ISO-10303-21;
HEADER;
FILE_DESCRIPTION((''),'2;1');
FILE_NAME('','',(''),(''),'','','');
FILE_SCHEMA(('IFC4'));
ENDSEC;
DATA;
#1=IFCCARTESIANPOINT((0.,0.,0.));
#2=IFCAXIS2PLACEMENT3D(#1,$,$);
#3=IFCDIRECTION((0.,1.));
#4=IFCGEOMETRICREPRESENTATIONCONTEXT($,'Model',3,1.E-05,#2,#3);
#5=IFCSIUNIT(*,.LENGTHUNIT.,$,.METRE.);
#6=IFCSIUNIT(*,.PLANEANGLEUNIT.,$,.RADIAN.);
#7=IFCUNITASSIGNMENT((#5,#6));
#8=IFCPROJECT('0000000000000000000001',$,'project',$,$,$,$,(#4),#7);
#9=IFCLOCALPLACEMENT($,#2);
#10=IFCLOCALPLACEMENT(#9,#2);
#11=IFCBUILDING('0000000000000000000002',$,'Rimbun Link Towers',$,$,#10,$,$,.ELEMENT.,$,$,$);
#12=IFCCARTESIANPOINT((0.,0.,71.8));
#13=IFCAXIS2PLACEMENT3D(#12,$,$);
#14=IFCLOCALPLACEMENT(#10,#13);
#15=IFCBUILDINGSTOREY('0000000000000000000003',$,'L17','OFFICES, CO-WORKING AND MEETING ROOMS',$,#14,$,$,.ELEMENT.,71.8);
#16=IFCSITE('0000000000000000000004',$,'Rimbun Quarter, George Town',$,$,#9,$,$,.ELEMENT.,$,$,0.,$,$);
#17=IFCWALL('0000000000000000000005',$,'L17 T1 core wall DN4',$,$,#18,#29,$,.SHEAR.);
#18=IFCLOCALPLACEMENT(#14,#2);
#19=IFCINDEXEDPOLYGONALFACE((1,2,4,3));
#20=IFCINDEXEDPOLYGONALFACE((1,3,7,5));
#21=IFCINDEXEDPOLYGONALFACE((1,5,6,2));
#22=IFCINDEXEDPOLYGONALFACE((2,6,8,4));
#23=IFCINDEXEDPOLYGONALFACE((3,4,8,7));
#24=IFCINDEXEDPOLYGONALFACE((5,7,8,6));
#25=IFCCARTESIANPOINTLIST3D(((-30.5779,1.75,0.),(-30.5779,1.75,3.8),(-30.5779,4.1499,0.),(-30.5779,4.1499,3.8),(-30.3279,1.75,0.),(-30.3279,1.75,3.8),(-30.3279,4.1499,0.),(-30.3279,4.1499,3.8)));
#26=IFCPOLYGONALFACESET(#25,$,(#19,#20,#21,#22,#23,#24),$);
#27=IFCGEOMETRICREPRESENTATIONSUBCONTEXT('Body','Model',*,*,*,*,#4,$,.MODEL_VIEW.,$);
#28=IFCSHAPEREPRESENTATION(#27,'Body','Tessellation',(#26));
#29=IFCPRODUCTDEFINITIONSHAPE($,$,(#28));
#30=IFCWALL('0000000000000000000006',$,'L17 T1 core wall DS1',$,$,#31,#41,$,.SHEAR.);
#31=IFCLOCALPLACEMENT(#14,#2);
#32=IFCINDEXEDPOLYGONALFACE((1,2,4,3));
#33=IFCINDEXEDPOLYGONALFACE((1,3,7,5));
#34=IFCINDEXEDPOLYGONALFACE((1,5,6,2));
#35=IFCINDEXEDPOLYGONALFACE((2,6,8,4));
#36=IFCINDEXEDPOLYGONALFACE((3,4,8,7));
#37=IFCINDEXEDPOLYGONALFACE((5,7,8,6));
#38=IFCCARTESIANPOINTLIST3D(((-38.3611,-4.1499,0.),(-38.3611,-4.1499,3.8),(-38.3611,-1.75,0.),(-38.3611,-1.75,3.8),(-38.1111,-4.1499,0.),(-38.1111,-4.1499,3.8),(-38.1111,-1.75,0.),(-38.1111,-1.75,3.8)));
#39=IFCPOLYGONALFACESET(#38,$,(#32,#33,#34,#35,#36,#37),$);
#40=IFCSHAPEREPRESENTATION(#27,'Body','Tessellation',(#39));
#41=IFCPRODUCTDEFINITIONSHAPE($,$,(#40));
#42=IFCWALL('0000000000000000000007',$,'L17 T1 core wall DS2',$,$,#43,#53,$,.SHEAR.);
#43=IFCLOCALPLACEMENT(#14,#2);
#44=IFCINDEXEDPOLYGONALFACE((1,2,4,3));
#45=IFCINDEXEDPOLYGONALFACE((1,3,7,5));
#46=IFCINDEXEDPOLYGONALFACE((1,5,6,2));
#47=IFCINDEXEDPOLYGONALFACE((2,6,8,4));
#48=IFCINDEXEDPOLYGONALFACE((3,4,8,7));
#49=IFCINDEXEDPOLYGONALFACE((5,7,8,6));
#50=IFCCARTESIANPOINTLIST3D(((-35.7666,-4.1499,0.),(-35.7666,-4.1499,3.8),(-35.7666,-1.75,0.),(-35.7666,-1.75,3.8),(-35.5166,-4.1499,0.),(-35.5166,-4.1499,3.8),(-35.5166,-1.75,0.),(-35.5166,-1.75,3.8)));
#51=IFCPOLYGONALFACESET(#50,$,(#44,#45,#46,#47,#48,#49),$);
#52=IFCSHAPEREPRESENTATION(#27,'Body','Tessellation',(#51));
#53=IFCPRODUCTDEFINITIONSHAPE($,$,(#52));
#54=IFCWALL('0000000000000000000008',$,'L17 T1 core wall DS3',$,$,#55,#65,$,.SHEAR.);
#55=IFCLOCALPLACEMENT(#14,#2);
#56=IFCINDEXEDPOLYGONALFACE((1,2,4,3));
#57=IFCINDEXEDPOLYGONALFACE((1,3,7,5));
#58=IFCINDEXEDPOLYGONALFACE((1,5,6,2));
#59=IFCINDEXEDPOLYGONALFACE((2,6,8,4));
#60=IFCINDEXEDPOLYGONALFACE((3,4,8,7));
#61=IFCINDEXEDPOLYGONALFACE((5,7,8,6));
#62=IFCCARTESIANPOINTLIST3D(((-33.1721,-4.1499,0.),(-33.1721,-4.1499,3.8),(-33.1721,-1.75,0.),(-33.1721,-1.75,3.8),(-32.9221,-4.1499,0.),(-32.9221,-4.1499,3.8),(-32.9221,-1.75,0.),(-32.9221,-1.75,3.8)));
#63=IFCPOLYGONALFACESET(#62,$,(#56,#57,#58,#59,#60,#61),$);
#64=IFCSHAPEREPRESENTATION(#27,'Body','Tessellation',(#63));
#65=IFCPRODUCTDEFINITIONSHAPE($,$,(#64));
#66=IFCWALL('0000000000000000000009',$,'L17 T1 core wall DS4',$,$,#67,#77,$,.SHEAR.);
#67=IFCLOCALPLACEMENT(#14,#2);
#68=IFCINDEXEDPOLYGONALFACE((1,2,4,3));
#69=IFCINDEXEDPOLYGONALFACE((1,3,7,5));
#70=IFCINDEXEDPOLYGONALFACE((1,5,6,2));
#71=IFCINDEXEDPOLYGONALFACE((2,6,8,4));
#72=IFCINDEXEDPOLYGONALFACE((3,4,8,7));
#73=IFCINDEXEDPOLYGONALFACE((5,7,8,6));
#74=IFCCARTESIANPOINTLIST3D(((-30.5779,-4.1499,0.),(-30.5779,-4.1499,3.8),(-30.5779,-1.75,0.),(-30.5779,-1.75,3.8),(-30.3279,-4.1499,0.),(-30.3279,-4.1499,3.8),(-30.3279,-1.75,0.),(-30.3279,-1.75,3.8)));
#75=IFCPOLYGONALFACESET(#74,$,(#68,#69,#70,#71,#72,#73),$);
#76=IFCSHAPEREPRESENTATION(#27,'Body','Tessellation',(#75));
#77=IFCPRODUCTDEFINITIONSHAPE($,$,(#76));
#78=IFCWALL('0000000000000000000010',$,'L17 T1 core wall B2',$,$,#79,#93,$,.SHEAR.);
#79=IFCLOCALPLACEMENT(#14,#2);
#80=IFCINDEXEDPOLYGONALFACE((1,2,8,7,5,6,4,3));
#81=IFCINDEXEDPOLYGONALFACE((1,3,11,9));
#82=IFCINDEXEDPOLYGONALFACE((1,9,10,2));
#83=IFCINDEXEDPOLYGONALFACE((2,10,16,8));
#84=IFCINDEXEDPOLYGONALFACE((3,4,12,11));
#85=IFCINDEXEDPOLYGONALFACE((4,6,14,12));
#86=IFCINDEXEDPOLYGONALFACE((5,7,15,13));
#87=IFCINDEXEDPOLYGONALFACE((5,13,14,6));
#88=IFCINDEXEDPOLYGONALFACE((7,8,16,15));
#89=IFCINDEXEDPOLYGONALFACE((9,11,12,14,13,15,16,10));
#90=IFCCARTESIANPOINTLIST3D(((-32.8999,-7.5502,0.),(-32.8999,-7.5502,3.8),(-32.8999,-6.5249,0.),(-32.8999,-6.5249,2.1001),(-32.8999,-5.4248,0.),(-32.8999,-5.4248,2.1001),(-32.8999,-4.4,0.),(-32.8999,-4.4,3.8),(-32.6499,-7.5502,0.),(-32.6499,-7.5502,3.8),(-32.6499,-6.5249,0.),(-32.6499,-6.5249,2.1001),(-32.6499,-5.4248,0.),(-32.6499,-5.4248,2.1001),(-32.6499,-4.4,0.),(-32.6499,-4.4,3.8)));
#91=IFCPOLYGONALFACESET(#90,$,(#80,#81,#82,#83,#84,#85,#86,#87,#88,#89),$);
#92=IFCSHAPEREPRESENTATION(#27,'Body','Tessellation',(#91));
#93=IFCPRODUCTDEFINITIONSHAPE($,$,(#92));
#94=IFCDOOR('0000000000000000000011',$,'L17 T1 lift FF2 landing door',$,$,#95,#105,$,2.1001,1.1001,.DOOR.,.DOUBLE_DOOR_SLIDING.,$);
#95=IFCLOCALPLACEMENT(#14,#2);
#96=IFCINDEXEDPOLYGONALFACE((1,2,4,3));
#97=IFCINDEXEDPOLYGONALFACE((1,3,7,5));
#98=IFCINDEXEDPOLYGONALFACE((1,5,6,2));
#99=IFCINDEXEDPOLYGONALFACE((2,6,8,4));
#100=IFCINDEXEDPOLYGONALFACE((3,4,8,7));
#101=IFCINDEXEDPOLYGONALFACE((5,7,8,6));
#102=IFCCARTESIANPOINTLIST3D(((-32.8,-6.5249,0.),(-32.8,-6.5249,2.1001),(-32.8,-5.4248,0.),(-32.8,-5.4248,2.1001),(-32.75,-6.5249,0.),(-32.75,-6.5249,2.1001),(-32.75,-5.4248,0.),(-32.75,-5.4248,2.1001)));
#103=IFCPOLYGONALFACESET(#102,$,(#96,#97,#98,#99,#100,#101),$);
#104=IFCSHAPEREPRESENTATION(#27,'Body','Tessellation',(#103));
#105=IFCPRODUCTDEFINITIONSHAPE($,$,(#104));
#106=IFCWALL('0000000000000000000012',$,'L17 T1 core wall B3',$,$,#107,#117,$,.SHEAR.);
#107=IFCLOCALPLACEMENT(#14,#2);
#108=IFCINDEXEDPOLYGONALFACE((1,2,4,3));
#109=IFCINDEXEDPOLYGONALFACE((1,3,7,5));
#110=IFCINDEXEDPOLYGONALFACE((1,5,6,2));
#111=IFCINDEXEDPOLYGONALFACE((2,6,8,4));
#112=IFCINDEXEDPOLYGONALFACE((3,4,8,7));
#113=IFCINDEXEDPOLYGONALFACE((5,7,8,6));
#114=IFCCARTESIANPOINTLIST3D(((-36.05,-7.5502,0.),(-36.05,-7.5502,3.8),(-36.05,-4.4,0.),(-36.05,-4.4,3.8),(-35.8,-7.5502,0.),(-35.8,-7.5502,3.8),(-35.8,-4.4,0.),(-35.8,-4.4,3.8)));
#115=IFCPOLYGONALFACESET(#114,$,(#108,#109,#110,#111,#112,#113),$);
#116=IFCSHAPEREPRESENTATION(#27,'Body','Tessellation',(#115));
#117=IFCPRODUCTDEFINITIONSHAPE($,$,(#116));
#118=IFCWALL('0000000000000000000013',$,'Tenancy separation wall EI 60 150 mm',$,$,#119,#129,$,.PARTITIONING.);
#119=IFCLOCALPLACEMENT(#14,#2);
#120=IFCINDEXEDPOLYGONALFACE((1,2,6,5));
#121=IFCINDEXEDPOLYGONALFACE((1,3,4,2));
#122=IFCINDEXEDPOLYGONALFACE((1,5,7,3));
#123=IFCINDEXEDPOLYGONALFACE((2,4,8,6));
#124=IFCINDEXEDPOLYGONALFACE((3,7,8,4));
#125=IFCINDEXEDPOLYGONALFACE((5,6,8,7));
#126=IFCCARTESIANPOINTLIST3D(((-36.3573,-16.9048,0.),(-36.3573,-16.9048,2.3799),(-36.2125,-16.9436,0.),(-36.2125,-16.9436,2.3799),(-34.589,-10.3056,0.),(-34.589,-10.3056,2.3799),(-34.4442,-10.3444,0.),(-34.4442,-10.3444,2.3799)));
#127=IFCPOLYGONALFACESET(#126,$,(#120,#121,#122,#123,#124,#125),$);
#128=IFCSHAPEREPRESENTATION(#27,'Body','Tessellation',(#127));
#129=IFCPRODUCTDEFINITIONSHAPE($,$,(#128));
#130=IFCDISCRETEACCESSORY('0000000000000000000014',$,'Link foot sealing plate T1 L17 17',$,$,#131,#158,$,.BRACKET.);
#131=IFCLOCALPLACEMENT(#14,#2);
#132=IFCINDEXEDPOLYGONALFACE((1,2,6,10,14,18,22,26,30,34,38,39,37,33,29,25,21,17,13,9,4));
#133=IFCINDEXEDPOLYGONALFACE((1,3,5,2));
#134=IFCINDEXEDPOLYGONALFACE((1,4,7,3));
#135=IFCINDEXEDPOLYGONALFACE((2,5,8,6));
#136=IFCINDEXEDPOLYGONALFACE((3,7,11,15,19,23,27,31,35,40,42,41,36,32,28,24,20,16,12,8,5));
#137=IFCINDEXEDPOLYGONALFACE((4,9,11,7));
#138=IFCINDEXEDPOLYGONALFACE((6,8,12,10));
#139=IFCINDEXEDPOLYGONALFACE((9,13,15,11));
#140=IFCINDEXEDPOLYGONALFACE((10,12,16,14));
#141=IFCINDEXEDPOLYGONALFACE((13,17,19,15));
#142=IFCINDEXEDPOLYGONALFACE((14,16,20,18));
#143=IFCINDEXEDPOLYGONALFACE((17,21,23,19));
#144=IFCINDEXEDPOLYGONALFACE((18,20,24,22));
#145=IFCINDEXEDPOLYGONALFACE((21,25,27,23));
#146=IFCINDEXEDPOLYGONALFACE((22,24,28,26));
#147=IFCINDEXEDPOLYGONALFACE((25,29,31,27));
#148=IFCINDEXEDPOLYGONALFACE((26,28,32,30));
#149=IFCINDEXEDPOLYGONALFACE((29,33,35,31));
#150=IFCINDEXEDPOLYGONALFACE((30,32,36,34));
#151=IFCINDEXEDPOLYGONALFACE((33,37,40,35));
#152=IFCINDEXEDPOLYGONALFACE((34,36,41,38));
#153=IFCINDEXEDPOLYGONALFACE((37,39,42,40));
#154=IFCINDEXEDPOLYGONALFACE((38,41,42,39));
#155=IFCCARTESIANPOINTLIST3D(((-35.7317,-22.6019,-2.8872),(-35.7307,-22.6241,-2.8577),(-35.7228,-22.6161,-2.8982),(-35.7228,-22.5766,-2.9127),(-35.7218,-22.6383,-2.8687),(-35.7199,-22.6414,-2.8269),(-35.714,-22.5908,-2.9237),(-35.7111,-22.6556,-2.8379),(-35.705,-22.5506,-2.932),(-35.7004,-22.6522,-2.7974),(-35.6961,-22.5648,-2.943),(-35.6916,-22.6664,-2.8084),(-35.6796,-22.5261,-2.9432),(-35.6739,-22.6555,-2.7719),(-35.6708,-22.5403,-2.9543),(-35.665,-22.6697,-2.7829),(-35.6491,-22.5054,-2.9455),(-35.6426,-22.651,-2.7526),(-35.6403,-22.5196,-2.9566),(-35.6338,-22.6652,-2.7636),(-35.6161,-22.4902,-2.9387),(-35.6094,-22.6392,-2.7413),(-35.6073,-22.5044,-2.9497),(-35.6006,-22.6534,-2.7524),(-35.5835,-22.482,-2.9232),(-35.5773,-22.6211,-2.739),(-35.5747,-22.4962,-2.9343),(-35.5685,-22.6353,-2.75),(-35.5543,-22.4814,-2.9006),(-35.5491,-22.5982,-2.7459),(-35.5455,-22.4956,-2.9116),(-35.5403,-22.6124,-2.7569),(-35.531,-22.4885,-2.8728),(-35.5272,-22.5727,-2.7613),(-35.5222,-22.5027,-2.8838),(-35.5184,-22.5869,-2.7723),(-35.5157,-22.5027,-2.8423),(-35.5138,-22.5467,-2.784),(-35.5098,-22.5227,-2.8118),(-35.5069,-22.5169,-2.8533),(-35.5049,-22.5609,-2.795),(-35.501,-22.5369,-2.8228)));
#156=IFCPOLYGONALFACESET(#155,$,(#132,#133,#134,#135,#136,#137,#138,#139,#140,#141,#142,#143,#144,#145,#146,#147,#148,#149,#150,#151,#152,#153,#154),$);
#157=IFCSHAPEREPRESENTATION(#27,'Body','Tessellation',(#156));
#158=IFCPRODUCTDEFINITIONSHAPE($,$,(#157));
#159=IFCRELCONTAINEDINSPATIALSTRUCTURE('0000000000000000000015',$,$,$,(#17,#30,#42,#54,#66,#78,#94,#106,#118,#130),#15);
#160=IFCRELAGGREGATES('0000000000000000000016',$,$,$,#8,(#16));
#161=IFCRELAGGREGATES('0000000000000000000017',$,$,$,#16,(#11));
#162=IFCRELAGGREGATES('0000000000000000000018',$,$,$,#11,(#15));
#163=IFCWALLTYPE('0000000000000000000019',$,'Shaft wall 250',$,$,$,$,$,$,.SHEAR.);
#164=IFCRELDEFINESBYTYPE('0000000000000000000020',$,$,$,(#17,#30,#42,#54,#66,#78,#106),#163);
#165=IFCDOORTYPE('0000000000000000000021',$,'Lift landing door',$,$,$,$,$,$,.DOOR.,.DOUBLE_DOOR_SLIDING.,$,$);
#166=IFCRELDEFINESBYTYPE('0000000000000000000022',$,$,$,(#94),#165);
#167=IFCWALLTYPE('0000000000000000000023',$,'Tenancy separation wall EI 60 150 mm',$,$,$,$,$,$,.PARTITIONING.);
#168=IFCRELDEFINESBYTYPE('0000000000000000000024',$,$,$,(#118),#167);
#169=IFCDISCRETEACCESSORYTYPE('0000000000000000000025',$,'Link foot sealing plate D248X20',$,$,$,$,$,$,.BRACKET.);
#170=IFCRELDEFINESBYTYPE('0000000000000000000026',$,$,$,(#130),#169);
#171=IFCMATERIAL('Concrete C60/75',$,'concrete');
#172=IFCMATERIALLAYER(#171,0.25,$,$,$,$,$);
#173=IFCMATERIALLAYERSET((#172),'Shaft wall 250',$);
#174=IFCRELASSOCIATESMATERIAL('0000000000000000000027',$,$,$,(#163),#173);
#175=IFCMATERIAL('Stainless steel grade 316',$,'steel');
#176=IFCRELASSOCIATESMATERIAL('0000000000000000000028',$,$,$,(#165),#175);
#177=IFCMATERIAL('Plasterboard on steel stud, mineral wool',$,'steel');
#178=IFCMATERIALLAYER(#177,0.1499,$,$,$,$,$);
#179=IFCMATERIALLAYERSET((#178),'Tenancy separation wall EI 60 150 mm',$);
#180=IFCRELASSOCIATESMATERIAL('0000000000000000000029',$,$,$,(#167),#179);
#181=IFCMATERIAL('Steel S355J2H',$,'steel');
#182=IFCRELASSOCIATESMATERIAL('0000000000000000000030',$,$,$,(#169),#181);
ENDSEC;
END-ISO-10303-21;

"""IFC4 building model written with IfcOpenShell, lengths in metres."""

from ifc_helpers import new_model, si_unit, direction, frame, frame_2d, origin, origin_2d, place, context, subcontext, project, spatial, rectangle, circle, extrude, material, layer, layer_set, material_profile, profile_set, type_object, element, fill, save


model = new_model("IFC4")

# Units and contexts
model_context = context("Model", 3, precision=1e-05, world=origin(), true_north=direction((0.0, 1.0)))
body_context = subcontext(model_context, "Body", "Model", "MODEL_VIEW")
ifc_project = project(units=[si_unit("LENGTHUNIT", "METRE"), si_unit("PLANEANGLEUNIT", "RADIAN")], contexts=[model_context])

# Site, building, storey
site_placement = place(None, origin())
site = spatial("IfcSite", under=ifc_project, at=site_placement, Name="Rimbun Quarter, George Town", CompositionType="ELEMENT", RefElevation=0.0)
building_placement = place(site_placement, origin())
building = spatial("IfcBuilding", under=site, at=building_placement, Name="Rimbun Link Towers", CompositionType="ELEMENT")
storey_placement = place(building_placement, frame((0.0, 0.0, 71.8)))
storey = spatial("IfcBuildingStorey", under=building, at=storey_placement, Name="L17", Description="OFFICES, CO-WORKING AND MEETING ROOMS", CompositionType="ELEMENT", Elevation=71.8)

# Walls
ifc_material_1 = material(Name="Concrete C60/75", Category="concrete")
ifc_layer_1 = layer(ifc_material_1, 0.25)
ifc_layer_set_1 = layer_set([ifc_layer_1], Name="Shaft wall 250")
wall_type_1 = type_object("IfcWallType", Name="Shaft wall 250", PredefinedType="SHEAR", material=ifc_layer_set_1)
for number, where, z_axis, x_axis, name in (
    (1, (-30.4529, 1.75, 0.0), (0.0, 0.0, 1.0), (0.0, 1.0, 0.0), "L17 T1 core wall DN4"),
    (2, (-38.2361, -4.1499, 0.0), (0.0, 0.0, 1.0), (0.0, 1.0, 0.0), "L17 T1 core wall DS1"),
    (3, (-35.6416, -4.1499, 0.0), (0.0, 0.0, 1.0), (0.0, 1.0, 0.0), "L17 T1 core wall DS2"),
    (4, (-33.0471, -4.1499, 0.0), (0.0, 0.0, 1.0), (0.0, 1.0, 0.0), "L17 T1 core wall DS3"),
    (5, (-30.4529, -4.1499, 0.0), (0.0, 0.0, 1.0), (0.0, 1.0, 0.0), "L17 T1 core wall DS4"),
):
    element("IfcWall", number, at=place(storey_placement, frame(where, z_axis=z_axis, x_axis=x_axis)), inside=storey, type_object=wall_type_1, Name=name, PredefinedType="SHEAR", context=body_context, shape_type="SweptSolid", body=[
        extrude(rectangle(XDim=2.3999, YDim=0.25, at=frame_2d((1.2, 0.0))), origin(), (0.0, 0.0, 1.0), 3.8),
    ])

# Wall, opening, door
wall_1_placement = place(storey_placement, frame((-32.7749, -4.3999, 0.0), z_axis=(0.0, 0.0, 1.0), x_axis=(0.0, -1.0, 0.0)))
wall_1 = element("IfcWall", 6, at=wall_1_placement, inside=storey, type_object=wall_type_1, Name="L17 T1 core wall B2", PredefinedType="SHEAR", context=body_context, shape_type="SweptSolid", body=[
    extrude(rectangle(XDim=3.1501, YDim=0.25, at=frame_2d((1.5752, 0.0))), origin(), (0.0, 0.0, 1.0), 3.8),
])
opening_1_placement = place(wall_1_placement, frame((1.0249, 0.0, 0.0)))
opening_1 = element("IfcOpeningElement", 7, at=opening_1_placement, cuts=wall_1, PredefinedType="OPENING", context=body_context, shape_type="SweptSolid", body=[
    extrude(rectangle(XDim=1.1001, YDim=2.1001, at=frame_2d((0.55, 1.05))), frame((0.0, 0.135, 0.0), z_axis=(0.0, -1.0, 0.0), x_axis=(1.0, 0.0, 0.0)), (0.0, 0.0, 1.0), 0.27),
])
ifc_material_2 = material(Name="Stainless steel grade 316", Category="steel")
door_type = type_object("IfcDoorType", Name="Lift landing door", OperationType="DOUBLE_DOOR_SLIDING", PredefinedType="DOOR", material=ifc_material_2)
door_placement = place(opening_1_placement, origin())
door = element("IfcDoor", 8, at=door_placement, inside=storey, type_object=door_type, Name="L17 T1 lift FF2 landing door", OperationType="DOUBLE_DOOR_SLIDING", OverallHeight=2.1001, OverallWidth=1.1001, PredefinedType="DOOR", context=body_context, shape_type="SweptSolid", body=[
    extrude(rectangle(XDim=1.1001, YDim=2.1001, at=frame_2d((0.55, 1.05))), frame((0.0, 0.0249, 0.0), z_axis=(0.0, -1.0, 0.0), x_axis=(1.0, 0.0, 0.0)), (0.0, 0.0, 1.0), 0.05),
])
fill(opening_1, door)

# Walls
wall_2_placement = place(storey_placement, frame((-35.925, -4.3999, 0.0), z_axis=(0.0, 0.0, 1.0), x_axis=(0.0, -1.0, 0.0)))
element("IfcWall", 9, at=wall_2_placement, inside=storey, type_object=wall_type_1, Name="L17 T1 core wall B3", PredefinedType="SHEAR", context=body_context, shape_type="SweptSolid", body=[
    extrude(rectangle(XDim=3.1501, YDim=0.25, at=frame_2d((1.5752, 0.0))), origin(), (0.0, 0.0, 1.0), 3.8),
])
ifc_material_3 = material(Name="Plasterboard on steel stud, mineral wool", Category="steel")
ifc_layer_2 = layer(ifc_material_3, 0.1499)
ifc_layer_set_2 = layer_set([ifc_layer_2], Name="Tenancy separation wall EI 60 150 mm")
wall_type_2 = type_object("IfcWallType", Name="Tenancy separation wall EI 60 150 mm", PredefinedType="PARTITIONING", material=ifc_layer_set_2)
wall_3_placement = place(storey_placement, frame((-34.5166, -10.325, 0.0), z_axis=(0.0, 0.0, 1.0), x_axis=(-0.25883, -0.965923, 0.0)))
element("IfcWall", 10, at=wall_3_placement, inside=storey, type_object=wall_type_2, Name="Tenancy separation wall EI 60 150 mm", PredefinedType="PARTITIONING", context=body_context, shape_type="SweptSolid", body=[
    extrude(rectangle(XDim=6.832, YDim=0.1499, at=frame_2d((3.416, 0.0))), origin(), (0.0, 0.0, 1.0), 2.3799),
])

# Discrete accessory
ifc_material_4 = material(Name="Steel S355J2H", Category="steel")
ifc_material_profile_1 = material_profile(ifc_material_4, circle(Radius=0.124, at=origin_2d()), Name="PL D248")
ifc_profile_set_1 = profile_set([ifc_material_profile_1], Name="Steel S355J2H")
discrete_accessory_type = type_object("IfcDiscreteAccessoryType", Name="Link foot sealing plate D248X20", PredefinedType="BRACKET", material=ifc_profile_set_1)
discrete_accessory_placement = place(storey_placement, frame((-35.6211, -22.5681, -2.8423), z_axis=(0.440303, -0.709377, -0.550379), x_axis=(0.84964, 0.527363, 0.0)))
element("IfcDiscreteAccessory", 11, at=discrete_accessory_placement, inside=storey, type_object=discrete_accessory_type, Name="Link foot sealing plate T1 L17 17", PredefinedType="BRACKET", context=body_context, shape_type="SweptSolid", body=[
    extrude(circle(Radius=0.124, at=origin_2d()), origin(), (0.0, 0.0, 1.0), 0.02),
])

save(model, "model.ifc")
